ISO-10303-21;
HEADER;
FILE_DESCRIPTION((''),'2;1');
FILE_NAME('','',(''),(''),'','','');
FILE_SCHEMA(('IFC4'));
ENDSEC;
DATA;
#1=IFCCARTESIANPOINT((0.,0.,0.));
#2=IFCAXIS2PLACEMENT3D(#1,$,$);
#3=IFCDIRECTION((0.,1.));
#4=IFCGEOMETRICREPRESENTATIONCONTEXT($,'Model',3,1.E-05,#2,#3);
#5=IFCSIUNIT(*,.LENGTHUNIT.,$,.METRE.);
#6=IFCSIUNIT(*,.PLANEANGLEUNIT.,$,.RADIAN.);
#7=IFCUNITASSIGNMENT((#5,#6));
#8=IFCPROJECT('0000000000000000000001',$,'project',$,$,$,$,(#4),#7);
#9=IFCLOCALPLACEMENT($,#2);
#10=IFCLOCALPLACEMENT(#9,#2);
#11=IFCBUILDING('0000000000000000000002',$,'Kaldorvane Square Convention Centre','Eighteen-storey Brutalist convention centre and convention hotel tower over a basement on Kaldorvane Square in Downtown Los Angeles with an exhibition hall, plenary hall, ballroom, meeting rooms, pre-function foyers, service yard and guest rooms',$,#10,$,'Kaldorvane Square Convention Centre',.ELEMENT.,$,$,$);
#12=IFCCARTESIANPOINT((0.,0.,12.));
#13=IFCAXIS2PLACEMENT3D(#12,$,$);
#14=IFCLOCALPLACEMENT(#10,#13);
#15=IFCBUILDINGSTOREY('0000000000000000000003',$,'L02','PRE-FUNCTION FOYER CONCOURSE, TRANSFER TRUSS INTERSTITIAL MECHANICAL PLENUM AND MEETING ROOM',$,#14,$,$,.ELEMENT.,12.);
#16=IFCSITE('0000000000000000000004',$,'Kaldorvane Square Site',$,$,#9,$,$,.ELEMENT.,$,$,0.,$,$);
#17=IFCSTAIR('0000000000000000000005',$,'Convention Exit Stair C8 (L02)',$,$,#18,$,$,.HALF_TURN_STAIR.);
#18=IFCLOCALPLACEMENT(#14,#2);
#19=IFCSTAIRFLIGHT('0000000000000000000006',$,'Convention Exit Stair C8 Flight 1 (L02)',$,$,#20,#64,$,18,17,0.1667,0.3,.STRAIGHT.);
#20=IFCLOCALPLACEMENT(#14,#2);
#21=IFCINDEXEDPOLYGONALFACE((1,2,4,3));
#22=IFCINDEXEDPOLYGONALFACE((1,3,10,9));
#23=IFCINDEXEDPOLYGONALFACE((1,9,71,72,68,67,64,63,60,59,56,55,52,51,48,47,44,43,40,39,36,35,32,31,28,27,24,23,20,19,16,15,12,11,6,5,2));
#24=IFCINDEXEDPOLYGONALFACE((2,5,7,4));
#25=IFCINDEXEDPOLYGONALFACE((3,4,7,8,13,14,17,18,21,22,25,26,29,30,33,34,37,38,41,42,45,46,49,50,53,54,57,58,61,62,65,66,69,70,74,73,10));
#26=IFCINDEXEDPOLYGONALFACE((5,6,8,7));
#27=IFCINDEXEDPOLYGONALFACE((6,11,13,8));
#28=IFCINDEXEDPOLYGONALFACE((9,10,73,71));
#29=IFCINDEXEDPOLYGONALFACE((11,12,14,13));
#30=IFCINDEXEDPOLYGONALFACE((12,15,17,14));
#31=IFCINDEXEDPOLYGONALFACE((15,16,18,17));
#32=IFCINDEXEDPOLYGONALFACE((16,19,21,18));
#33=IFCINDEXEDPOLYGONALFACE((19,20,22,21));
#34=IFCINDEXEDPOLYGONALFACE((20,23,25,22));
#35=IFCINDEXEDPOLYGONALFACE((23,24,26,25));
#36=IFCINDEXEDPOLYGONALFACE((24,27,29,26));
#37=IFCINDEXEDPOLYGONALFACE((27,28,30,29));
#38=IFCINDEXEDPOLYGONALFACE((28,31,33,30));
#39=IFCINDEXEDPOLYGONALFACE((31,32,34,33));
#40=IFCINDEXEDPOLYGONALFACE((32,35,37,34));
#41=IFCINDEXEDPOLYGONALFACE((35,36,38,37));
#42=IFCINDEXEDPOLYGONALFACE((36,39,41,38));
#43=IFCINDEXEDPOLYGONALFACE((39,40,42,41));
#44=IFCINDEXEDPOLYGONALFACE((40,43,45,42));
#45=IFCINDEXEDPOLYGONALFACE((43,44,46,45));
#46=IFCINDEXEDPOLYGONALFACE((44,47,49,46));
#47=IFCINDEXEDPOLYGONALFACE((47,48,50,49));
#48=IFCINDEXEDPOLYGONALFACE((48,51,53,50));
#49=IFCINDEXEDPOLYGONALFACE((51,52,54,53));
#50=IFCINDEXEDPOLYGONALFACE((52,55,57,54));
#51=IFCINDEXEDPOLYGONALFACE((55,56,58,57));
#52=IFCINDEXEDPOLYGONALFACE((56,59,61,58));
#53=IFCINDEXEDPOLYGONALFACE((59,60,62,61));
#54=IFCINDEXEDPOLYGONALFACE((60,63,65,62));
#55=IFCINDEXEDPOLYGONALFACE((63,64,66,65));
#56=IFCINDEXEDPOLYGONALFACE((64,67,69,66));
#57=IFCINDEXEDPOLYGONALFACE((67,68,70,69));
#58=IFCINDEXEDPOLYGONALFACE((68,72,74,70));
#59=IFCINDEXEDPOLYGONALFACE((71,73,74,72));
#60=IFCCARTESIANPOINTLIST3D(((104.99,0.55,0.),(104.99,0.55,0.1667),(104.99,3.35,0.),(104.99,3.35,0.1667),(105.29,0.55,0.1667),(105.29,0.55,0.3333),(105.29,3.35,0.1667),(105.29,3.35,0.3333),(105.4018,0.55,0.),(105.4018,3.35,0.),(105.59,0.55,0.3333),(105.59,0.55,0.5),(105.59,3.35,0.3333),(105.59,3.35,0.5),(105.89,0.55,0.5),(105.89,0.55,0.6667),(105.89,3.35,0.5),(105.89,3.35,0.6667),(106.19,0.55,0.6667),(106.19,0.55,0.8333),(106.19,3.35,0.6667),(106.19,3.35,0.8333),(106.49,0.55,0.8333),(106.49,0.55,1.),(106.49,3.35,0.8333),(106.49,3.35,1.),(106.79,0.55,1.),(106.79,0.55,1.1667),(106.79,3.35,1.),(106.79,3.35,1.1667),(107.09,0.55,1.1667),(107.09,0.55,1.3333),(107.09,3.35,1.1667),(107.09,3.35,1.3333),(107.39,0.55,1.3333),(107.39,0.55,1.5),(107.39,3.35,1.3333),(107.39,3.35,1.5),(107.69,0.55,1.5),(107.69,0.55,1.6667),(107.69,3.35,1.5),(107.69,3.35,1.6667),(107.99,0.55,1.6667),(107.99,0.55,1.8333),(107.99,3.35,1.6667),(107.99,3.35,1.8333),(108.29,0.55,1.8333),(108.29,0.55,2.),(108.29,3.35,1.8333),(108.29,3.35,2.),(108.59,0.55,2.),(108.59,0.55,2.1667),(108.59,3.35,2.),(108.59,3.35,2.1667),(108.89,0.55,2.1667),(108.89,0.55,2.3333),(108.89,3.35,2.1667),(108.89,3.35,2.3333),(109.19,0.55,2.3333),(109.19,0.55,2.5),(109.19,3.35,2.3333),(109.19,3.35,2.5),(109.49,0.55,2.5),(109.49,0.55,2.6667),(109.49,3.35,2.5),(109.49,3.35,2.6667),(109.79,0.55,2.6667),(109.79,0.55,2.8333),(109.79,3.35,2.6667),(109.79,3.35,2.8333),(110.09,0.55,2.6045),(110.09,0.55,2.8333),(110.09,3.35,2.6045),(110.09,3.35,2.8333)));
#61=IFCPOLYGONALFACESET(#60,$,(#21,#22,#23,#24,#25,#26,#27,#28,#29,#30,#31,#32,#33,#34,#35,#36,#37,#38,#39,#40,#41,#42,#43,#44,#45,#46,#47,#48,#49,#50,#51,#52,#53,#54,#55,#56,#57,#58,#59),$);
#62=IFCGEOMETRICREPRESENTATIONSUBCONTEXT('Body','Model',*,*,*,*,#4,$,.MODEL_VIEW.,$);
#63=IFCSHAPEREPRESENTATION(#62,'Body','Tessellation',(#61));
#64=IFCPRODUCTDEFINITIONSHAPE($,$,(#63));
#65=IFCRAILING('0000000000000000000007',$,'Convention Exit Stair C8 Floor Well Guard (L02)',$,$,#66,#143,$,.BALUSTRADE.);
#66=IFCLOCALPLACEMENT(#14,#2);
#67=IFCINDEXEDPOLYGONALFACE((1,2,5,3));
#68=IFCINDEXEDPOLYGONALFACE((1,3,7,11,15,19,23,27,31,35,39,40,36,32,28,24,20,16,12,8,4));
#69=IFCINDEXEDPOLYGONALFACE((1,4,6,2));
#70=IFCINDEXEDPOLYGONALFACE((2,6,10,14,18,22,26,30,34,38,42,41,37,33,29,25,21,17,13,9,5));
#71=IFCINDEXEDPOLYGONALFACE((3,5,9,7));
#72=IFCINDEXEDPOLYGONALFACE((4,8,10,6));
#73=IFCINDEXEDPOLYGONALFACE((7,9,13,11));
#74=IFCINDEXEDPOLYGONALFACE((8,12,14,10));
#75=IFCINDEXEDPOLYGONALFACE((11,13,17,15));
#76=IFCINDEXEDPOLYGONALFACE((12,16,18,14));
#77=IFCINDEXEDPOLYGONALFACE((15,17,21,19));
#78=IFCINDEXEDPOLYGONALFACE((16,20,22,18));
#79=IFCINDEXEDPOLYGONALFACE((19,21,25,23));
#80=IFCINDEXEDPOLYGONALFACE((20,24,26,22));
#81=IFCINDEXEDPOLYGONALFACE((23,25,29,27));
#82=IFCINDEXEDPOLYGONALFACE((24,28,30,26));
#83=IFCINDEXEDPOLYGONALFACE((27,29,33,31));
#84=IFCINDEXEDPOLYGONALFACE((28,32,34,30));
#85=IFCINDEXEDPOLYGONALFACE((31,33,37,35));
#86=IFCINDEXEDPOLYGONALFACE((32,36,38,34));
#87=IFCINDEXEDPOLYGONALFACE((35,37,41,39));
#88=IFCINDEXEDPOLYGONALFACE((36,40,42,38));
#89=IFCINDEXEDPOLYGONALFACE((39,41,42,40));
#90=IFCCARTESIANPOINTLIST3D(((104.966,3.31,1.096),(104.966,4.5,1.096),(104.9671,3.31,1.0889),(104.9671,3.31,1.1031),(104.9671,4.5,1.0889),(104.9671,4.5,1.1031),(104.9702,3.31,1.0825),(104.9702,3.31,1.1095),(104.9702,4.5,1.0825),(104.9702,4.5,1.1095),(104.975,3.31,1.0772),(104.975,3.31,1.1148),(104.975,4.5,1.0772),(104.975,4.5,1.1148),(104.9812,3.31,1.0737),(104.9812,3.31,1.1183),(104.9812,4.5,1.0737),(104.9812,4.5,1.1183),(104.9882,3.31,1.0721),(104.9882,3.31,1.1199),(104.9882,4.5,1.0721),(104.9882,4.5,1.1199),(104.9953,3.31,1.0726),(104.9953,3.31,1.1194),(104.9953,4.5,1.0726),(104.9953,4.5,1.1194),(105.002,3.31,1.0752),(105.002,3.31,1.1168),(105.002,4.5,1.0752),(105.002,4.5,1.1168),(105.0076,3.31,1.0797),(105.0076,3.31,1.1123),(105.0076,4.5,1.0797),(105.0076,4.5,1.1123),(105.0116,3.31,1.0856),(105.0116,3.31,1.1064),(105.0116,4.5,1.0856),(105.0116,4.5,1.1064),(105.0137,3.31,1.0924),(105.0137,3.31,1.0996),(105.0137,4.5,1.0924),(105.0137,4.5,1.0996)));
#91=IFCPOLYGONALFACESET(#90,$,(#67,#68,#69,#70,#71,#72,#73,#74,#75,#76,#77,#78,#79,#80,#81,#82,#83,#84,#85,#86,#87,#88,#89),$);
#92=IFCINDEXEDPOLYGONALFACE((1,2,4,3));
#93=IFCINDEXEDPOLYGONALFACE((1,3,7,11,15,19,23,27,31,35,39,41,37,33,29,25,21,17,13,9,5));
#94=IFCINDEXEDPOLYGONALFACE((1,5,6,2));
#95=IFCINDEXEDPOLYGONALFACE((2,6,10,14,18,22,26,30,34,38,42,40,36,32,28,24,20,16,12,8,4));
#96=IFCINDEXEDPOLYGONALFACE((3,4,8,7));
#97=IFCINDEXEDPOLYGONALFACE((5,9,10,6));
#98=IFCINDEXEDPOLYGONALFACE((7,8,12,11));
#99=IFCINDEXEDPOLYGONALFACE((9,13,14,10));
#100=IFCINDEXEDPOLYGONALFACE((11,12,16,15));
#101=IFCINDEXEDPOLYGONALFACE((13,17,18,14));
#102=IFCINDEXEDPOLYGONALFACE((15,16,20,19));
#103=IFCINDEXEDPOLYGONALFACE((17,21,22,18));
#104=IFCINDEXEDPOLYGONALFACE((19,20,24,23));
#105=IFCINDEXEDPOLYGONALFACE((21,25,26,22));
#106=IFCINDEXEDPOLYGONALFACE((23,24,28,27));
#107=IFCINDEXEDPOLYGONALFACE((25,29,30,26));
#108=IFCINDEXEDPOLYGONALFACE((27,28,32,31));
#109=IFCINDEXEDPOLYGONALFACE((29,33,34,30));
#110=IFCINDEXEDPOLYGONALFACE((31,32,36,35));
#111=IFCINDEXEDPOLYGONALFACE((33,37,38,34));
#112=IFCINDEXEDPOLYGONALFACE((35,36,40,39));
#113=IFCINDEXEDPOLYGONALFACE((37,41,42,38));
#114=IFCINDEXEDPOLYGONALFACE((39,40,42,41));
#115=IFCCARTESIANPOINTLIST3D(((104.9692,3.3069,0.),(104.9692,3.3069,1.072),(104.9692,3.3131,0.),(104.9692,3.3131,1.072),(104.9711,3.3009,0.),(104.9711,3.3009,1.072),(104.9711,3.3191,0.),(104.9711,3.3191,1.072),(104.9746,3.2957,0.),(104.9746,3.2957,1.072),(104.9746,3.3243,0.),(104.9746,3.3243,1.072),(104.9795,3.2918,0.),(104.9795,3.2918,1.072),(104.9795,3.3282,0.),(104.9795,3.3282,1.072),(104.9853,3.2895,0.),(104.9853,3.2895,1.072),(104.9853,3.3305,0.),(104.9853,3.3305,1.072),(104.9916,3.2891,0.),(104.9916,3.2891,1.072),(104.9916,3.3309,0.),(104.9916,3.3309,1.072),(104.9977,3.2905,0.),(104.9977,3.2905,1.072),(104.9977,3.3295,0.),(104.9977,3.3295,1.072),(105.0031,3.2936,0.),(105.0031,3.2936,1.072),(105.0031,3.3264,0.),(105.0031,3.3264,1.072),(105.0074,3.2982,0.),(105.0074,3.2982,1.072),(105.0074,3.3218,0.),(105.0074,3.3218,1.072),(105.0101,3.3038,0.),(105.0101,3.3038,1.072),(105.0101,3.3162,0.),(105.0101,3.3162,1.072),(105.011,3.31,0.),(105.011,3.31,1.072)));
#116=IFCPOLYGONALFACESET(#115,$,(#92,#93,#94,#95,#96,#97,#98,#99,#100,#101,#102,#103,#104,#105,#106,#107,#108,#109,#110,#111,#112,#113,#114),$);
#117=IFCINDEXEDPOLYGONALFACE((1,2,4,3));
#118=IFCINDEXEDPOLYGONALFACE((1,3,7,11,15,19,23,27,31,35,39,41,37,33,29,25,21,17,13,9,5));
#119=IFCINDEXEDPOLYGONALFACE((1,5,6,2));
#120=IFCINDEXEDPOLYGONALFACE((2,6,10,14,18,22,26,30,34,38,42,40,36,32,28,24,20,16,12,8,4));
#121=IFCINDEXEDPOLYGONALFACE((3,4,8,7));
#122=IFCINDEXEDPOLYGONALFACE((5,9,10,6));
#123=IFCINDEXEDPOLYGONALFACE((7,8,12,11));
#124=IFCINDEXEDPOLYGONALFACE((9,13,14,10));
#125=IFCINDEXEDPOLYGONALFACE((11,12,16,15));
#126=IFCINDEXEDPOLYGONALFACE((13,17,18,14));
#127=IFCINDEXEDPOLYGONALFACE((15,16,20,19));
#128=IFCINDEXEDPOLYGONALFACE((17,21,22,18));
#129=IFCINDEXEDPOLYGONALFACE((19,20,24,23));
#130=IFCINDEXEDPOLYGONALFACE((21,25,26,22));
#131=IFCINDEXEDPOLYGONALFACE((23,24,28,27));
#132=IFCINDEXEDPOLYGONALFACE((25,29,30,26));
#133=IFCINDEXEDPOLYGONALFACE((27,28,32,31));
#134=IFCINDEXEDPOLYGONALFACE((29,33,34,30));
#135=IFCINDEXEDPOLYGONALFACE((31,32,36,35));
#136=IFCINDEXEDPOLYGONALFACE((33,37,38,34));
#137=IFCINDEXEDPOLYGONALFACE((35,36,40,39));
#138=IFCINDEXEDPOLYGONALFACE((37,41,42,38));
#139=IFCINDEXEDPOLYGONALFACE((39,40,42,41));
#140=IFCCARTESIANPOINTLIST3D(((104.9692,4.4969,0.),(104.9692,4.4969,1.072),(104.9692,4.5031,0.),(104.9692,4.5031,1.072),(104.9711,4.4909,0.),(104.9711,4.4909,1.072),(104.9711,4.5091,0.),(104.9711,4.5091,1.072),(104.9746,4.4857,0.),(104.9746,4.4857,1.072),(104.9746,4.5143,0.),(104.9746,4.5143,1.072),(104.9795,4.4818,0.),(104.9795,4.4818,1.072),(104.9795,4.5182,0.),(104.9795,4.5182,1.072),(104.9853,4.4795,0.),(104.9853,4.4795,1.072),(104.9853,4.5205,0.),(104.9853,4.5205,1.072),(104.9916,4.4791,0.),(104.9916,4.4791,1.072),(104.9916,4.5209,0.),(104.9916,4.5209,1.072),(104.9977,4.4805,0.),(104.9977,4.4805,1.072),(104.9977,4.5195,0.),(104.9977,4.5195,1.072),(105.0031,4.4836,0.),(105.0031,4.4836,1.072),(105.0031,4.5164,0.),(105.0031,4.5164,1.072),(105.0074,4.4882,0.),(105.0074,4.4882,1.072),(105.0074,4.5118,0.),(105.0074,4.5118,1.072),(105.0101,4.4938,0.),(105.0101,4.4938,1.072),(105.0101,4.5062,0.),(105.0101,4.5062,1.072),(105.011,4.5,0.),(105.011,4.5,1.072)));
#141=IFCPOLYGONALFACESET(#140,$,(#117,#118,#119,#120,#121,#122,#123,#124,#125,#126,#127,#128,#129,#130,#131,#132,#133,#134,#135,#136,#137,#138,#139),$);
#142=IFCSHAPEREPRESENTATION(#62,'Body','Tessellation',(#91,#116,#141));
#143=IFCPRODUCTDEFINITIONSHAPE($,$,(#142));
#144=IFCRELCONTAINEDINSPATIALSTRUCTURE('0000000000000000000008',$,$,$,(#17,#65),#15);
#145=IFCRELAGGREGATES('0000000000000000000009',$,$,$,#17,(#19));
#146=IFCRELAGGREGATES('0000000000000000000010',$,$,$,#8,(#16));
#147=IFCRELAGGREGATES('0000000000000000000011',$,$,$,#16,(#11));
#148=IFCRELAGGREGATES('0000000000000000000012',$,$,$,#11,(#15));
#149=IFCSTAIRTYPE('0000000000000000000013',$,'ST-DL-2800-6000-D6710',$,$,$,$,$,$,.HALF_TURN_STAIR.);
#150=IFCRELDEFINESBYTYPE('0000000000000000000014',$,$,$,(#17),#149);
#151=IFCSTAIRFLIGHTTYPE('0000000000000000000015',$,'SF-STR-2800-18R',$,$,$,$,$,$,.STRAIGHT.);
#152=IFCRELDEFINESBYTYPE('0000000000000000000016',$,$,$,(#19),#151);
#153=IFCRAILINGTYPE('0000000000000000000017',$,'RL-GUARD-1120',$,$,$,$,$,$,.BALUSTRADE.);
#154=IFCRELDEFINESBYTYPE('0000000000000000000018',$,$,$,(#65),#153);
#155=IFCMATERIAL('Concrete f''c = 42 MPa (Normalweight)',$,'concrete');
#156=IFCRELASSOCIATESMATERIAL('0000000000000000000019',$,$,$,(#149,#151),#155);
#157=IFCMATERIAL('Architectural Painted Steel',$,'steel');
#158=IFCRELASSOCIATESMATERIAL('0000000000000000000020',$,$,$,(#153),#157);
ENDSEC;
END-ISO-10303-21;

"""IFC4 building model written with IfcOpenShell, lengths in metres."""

from ifc_helpers import new_model, si_unit, direction, frame, origin, origin_2d, place, context, subcontext, project, spatial, polyline, circle, outline, extrude, material, type_object, element, aggregate, save


model = new_model("IFC4")

# Units and contexts
model_context = context("Model", 3, precision=1e-05, world=origin(), true_north=direction((0.0, 1.0)))
body_context = subcontext(model_context, "Body", "Model", "MODEL_VIEW")
ifc_project = project(units=[si_unit("LENGTHUNIT", "METRE"), si_unit("PLANEANGLEUNIT", "RADIAN")], contexts=[model_context])

# Site, building, storey
site_placement = place(None, origin())
site = spatial("IfcSite", under=ifc_project, at=site_placement, Name="Kaldorvane Square Site", CompositionType="ELEMENT", RefElevation=0.0)
building_placement = place(site_placement, origin())
building = spatial("IfcBuilding", under=site, at=building_placement, Name="Kaldorvane Square Convention Centre", Description="Eighteen-storey Brutalist convention centre and convention hotel tower over a basement on Kaldorvane Square in Downtown Los Angeles with an exhibition hall, plenary hall, ballroom, meeting rooms, pre-function foyers, service yard and guest rooms", LongName="Kaldorvane Square Convention Centre", CompositionType="ELEMENT")
storey_placement = place(building_placement, frame((0.0, 0.0, 12.0)))
storey = spatial("IfcBuildingStorey", under=building, at=storey_placement, Name="L02", Description="PRE-FUNCTION FOYER CONCOURSE, TRANSFER TRUSS INTERSTITIAL MECHANICAL PLENUM AND MEETING ROOM", CompositionType="ELEMENT", Elevation=12.0)

# Shared definitions
ifc_material_1 = material(Name="Concrete f'c = 42 MPa (Normalweight)", Category="concrete")

# Stair, stair flight
stair_type = type_object("IfcStairType", Name="ST-DL-2800-6000-D6710", PredefinedType="HALF_TURN_STAIR", material=ifc_material_1)
stair_placement = place(storey_placement, origin())
stair = element("IfcStair", 1, at=stair_placement, inside=storey, type_object=stair_type, Name="Convention Exit Stair C8 (L02)", PredefinedType="HALF_TURN_STAIR")
stair_flight_type = type_object("IfcStairFlightType", Name="SF-STR-2800-18R", PredefinedType="STRAIGHT", material=ifc_material_1)
stair_flight_placement = place(storey_placement, frame((104.99, 1.95, 0.0), z_axis=(0.0, 0.0, 1.0), x_axis=(1.0, 0.0, 0.0)))
stair_flight = element("IfcStairFlight", 2, at=stair_flight_placement, type_object=stair_flight_type, Name="Convention Exit Stair C8 Flight 1 (L02)", NumberOfRisers=18, NumberOfTreads=17, PredefinedType="STRAIGHT", RiserHeight=0.1667, TreadLength=0.3, context=body_context, shape_type="SweptSolid", body=[
    extrude(outline(polyline([(0.0, 0.0), (0.0, 0.1667), (0.3, 0.1667), (0.3, 0.3333), (0.6, 0.3333), (0.6, 0.5), (0.9, 0.5), (0.9, 0.6667), (1.2, 0.6667), (1.2, 0.8333), (1.5, 0.8333), (1.5, 1.0), (1.8, 1.0), (1.8, 1.1667), (2.1, 1.1667), (2.1, 1.3333), (2.4, 1.3333), (2.4, 1.5), (2.7, 1.5), (2.7, 1.6667), (3.0, 1.6667), (3.0, 1.8333), (3.3, 1.8333), (3.3, 2.0), (3.6, 2.0), (3.6, 2.1667), (3.9, 2.1667), (3.9, 2.3333), (4.2, 2.3333), (4.2, 2.5), (4.5, 2.5), (4.5, 2.6667), (4.8, 2.6667), (4.8, 2.8333), (5.1, 2.8333), (5.1, 3.0), (5.1, 2.6045), (0.4118, 0.0), (0.0, 0.0)])), frame((0.0, 1.4, 0.0), z_axis=(0.0, -1.0, 0.0), x_axis=(1.0, 0.0, 0.0)), (0.0, 0.0, 1.0), 2.8),
])
aggregate(stair, [stair_flight])

# Railing
ifc_material_2 = material(Name="Architectural Painted Steel", Category="steel")
railing_type_1 = type_object("IfcRailingType", Name="RL-GUARD-1120", PredefinedType="BALUSTRADE", material=ifc_material_2)
railing_1_placement = place(storey_placement, frame((104.99, 3.31, 0.0)))
element("IfcRailing", 3, at=railing_1_placement, inside=storey, type_object=railing_type_1, Name="Convention Exit Stair C8 Floor Well Guard (L02)", PredefinedType="BALUSTRADE", context=body_context, shape_type="SweptSolid", body=[
    extrude(circle(Radius=0.024, at=origin_2d()), frame((0.0, 0.0, 1.096), z_axis=(0.0, 1.0, 0.0), x_axis=(-1.0, 0.0, 0.0)), (0.0, 0.0, 1.0), 1.19),
    extrude(circle(Radius=0.021, at=origin_2d()), origin(), (0.0, 0.0, 1.0), 1.072),
    extrude(circle(Radius=0.021, at=origin_2d()), frame((0.0, 1.19, 0.0)), (0.0, 0.0, 1.0), 1.072),
])

save(model, "model.ifc")
